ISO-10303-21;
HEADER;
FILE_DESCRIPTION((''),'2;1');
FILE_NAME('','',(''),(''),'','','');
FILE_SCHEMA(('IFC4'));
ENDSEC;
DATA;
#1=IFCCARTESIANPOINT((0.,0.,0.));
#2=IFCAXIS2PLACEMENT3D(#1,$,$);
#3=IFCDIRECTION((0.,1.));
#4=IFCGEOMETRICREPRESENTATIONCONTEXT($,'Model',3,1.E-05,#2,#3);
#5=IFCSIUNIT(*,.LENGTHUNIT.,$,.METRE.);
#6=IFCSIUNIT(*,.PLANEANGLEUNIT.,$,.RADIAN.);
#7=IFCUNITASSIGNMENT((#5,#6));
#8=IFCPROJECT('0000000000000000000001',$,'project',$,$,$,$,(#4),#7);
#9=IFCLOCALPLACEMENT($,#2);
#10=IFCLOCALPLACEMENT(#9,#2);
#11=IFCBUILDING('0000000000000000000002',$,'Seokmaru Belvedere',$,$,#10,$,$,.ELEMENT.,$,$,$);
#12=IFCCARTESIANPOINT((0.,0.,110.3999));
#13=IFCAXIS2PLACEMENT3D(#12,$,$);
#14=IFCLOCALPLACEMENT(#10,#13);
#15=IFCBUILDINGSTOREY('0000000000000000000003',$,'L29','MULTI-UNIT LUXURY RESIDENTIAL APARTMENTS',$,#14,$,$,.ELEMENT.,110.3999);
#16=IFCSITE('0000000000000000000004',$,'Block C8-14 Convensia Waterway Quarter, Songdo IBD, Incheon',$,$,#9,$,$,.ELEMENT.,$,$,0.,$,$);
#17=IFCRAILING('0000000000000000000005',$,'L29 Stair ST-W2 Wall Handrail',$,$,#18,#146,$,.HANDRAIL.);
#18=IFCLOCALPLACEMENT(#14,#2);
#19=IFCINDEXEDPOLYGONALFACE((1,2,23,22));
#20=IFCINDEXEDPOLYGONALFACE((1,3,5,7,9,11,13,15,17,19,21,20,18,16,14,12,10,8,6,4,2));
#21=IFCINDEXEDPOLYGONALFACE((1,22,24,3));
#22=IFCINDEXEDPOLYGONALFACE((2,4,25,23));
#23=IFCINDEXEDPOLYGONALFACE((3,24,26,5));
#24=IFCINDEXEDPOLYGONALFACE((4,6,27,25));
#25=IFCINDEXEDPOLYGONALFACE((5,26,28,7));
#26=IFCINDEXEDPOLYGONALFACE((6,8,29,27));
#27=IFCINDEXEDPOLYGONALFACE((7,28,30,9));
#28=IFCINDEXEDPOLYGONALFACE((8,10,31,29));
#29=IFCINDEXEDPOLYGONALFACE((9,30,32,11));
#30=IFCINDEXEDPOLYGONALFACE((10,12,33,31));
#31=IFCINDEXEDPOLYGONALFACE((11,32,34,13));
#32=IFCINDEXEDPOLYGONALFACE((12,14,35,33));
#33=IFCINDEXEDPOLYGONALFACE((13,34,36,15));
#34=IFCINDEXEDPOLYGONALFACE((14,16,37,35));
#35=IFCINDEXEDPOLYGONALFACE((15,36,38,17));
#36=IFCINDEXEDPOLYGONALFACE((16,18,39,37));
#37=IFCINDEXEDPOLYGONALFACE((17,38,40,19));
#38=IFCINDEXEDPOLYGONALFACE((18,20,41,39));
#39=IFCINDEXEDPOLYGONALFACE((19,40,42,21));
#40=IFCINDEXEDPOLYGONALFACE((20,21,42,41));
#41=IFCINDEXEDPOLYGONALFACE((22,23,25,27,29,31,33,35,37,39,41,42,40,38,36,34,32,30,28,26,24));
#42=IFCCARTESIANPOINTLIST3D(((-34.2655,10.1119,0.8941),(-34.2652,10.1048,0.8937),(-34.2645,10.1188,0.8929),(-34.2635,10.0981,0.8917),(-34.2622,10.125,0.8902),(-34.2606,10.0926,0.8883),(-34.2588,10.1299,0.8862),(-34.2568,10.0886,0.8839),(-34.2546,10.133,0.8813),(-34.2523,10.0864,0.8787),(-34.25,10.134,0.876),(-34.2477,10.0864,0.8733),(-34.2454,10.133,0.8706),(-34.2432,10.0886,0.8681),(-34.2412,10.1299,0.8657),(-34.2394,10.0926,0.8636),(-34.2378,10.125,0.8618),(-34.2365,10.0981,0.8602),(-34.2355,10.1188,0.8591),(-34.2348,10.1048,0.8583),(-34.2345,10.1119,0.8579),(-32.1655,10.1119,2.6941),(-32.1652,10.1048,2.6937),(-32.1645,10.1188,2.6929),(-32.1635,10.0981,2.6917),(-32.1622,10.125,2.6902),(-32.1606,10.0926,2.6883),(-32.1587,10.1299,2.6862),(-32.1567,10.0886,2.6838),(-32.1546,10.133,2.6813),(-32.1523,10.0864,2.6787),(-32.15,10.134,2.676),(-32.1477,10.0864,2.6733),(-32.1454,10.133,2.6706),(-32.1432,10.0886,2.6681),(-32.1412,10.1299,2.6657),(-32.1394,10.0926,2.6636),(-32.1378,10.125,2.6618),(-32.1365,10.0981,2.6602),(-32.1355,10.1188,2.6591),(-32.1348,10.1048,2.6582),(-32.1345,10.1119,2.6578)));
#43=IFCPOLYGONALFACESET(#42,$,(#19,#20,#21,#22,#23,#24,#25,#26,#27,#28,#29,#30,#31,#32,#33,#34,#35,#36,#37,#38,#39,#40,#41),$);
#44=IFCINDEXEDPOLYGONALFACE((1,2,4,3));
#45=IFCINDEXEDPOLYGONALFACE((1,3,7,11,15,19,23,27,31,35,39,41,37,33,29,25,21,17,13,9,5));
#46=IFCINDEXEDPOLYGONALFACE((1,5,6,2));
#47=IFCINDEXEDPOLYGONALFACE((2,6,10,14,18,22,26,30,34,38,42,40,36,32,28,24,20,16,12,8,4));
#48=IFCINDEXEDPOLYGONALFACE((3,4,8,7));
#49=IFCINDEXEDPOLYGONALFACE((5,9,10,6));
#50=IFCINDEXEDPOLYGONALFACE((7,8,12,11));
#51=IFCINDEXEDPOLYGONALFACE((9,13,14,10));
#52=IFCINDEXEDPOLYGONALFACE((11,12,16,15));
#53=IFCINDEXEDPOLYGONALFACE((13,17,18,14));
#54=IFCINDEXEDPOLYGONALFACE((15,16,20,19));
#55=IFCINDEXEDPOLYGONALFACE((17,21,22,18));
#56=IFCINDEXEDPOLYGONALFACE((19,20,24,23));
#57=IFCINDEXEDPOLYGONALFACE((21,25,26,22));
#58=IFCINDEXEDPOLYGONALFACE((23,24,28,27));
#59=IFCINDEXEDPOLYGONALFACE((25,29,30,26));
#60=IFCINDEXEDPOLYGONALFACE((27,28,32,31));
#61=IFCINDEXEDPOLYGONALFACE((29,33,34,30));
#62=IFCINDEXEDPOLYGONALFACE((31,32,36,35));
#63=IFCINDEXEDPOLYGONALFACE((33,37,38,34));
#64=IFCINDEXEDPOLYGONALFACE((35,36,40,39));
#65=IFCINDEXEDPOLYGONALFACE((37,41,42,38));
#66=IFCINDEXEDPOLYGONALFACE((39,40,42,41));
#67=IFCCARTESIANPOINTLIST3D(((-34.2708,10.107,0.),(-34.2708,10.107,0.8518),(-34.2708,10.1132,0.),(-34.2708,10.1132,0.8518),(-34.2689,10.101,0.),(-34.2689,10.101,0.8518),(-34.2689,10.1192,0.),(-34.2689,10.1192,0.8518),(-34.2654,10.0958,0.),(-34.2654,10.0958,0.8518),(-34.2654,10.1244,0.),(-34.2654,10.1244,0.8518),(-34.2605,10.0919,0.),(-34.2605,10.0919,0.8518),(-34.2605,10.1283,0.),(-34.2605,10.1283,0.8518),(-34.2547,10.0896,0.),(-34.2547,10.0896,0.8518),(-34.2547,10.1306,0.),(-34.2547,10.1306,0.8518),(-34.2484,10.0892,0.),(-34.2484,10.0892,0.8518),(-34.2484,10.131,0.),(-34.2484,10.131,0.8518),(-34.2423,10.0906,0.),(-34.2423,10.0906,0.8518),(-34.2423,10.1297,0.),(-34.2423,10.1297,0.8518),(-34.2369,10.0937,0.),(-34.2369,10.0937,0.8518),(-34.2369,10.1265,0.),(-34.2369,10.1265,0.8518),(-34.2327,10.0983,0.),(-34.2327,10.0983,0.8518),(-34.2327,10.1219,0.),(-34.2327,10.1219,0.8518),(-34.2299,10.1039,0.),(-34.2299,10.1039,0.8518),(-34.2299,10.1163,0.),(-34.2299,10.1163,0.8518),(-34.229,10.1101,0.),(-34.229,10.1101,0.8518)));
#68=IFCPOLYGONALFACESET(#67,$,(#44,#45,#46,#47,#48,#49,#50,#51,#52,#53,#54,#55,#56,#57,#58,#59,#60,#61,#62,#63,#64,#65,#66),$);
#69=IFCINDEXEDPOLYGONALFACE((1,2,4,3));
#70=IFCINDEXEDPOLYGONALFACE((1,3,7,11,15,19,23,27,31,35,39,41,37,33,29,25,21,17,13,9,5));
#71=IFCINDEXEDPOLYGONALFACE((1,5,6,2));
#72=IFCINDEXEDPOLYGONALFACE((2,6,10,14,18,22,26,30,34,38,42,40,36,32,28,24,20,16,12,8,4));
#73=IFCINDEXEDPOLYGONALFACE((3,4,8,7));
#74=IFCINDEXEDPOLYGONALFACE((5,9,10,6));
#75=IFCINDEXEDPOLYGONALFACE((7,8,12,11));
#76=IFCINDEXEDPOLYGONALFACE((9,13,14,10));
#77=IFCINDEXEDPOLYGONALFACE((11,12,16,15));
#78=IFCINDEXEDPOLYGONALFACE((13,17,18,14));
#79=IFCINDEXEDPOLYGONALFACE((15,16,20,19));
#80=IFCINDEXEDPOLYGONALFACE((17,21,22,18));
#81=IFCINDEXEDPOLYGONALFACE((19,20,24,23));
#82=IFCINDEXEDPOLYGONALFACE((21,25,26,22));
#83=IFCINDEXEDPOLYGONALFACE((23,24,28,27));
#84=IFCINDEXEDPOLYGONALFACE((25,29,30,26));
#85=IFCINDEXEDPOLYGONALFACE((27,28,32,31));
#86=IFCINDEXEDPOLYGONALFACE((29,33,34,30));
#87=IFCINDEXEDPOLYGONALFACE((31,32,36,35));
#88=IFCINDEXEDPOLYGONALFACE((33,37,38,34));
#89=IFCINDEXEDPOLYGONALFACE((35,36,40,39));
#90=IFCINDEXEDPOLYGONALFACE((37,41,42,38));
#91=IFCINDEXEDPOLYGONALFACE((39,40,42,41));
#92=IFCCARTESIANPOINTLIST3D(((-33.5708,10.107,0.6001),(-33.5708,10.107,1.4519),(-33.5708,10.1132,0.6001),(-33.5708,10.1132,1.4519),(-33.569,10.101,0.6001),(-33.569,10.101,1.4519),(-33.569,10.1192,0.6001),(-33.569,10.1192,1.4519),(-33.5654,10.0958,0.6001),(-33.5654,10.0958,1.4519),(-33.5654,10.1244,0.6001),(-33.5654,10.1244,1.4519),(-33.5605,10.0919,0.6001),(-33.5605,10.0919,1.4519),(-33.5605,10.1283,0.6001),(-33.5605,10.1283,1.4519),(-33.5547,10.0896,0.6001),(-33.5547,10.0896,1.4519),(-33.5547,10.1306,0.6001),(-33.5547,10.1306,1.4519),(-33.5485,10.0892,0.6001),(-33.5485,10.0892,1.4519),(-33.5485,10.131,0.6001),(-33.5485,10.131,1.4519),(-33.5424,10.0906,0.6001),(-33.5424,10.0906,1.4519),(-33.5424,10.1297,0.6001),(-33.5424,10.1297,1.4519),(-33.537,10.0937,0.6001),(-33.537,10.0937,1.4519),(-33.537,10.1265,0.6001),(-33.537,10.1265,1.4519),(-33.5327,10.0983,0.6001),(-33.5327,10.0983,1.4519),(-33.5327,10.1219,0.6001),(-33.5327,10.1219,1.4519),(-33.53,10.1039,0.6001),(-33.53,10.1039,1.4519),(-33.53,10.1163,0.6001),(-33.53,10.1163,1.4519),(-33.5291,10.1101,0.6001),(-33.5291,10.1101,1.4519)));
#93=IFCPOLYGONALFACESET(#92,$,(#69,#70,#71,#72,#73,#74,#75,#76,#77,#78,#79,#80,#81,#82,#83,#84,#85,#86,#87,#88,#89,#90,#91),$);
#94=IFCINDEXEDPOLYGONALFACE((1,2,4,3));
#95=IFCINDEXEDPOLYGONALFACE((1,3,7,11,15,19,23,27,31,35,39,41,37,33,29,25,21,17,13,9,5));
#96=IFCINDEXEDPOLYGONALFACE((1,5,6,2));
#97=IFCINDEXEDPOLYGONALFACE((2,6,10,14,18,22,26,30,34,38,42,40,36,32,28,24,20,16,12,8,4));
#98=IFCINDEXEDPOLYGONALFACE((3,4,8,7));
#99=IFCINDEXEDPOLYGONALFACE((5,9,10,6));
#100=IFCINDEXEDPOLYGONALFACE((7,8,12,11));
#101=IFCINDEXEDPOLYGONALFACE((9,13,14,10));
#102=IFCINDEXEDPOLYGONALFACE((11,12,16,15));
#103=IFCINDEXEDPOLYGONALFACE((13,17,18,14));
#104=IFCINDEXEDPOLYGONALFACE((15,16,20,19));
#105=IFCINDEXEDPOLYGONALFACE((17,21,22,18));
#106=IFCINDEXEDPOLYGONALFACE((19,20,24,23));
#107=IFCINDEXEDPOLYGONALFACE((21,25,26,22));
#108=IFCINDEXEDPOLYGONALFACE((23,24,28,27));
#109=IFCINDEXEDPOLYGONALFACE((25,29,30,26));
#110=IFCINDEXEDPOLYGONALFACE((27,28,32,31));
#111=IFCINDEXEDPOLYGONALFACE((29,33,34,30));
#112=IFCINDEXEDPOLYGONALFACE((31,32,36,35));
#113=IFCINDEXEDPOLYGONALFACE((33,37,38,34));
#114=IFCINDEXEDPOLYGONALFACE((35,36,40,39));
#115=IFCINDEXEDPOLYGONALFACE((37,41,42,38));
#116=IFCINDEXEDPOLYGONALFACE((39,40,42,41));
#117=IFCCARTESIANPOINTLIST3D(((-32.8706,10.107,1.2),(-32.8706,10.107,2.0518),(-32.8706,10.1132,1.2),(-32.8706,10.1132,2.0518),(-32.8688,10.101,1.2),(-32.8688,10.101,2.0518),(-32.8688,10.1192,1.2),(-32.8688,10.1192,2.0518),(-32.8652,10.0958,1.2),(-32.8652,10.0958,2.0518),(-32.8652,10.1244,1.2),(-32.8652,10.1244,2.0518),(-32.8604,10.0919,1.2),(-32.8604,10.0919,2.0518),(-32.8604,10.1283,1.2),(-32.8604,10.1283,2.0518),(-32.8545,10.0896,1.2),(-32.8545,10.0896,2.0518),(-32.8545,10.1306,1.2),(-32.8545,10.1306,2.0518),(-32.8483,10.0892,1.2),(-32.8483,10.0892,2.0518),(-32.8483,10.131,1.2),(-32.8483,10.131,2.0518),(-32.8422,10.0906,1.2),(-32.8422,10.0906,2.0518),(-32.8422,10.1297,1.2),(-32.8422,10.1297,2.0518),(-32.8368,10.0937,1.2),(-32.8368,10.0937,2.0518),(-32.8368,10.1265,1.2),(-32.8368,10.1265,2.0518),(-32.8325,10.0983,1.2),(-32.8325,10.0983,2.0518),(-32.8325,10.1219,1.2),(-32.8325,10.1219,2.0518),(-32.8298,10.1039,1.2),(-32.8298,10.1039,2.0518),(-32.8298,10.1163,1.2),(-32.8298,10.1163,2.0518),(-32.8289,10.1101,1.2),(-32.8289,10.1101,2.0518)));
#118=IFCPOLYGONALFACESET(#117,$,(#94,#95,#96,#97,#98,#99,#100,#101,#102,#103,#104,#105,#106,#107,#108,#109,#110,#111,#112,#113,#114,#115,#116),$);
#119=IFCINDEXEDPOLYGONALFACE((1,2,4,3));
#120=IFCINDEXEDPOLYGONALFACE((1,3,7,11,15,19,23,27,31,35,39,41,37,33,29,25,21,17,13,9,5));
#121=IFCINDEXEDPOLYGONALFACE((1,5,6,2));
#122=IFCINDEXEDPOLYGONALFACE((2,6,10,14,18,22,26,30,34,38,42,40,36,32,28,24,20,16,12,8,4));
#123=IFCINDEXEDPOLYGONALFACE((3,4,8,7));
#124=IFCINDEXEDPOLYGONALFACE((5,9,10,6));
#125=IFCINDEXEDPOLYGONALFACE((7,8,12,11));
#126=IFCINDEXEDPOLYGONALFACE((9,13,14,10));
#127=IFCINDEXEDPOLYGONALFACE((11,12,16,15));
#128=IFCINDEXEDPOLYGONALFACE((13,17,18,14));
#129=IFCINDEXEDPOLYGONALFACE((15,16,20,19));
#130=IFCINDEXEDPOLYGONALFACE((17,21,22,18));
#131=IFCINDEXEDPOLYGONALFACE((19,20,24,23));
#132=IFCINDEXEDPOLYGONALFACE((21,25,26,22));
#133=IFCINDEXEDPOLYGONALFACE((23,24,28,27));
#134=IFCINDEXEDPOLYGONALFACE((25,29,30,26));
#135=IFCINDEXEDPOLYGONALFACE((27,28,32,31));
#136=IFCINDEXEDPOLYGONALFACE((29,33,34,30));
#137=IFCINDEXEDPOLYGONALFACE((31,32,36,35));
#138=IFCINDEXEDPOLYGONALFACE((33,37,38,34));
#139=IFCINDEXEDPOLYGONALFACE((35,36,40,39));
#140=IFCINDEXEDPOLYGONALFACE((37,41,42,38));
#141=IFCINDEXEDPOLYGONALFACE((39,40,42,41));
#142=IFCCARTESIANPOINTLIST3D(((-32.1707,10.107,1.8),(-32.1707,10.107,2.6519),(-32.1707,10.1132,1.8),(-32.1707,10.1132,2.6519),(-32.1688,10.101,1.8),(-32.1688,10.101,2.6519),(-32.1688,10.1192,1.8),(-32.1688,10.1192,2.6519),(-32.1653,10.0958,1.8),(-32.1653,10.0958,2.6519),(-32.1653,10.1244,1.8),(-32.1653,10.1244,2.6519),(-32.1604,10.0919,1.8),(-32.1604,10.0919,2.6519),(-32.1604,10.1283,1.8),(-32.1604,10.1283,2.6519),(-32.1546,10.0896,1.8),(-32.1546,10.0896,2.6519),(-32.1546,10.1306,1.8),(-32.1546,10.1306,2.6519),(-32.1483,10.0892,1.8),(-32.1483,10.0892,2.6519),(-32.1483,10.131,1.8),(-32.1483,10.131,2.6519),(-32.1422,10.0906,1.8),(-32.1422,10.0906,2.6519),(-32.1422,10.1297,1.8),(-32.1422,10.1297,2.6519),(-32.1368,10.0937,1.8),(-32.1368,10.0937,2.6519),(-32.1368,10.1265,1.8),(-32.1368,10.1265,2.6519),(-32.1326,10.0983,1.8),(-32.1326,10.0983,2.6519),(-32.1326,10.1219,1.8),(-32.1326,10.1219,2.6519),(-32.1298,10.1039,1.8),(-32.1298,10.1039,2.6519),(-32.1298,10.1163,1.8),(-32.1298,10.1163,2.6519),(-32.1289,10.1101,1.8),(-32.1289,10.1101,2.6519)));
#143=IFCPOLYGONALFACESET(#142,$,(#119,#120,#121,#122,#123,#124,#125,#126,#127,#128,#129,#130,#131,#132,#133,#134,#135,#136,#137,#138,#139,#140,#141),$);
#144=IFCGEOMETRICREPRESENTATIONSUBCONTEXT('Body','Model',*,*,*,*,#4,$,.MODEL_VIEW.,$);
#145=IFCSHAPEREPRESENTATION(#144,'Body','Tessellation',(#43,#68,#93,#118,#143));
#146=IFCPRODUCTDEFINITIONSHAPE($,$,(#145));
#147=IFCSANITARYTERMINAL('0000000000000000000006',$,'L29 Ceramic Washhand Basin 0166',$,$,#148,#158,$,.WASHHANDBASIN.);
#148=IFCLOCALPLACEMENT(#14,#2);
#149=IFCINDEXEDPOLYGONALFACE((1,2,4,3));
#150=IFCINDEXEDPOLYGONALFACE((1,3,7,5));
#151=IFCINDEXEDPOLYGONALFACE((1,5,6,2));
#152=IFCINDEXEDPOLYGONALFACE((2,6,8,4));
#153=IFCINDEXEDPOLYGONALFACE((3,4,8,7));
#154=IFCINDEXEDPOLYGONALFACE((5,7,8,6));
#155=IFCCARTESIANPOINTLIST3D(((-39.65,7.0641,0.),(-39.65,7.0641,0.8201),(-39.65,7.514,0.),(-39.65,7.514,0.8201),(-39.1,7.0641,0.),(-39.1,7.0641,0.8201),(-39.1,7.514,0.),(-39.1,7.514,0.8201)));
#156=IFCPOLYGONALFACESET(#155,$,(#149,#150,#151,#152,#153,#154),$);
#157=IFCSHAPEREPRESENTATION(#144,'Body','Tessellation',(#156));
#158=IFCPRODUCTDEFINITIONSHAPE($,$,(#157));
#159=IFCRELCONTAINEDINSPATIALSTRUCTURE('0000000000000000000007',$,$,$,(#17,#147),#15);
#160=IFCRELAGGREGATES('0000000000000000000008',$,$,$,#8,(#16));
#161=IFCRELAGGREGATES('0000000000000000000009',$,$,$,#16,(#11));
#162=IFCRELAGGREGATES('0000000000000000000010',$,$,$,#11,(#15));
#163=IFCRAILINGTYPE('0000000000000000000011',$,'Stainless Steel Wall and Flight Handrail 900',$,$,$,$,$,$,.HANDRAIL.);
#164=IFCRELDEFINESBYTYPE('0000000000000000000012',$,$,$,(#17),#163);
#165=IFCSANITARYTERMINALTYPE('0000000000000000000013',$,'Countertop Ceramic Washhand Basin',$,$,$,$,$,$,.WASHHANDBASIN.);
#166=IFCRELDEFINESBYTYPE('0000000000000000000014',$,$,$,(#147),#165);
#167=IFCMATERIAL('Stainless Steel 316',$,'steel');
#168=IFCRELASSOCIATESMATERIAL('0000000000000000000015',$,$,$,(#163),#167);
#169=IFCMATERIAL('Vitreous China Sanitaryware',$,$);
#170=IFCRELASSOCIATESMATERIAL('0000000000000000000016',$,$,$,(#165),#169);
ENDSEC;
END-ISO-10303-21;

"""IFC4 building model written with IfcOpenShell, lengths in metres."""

from ifc_helpers import new_model, si_unit, direction, frame, origin, origin_2d, place, context, subcontext, project, spatial, rectangle, circle, extrude, source, transform, mapped, material, type_object, type_shapes, element, save


model = new_model("IFC4")

# Units and contexts
model_context = context("Model", 3, precision=1e-05, world=origin(), true_north=direction((0.0, 1.0)))
body_context = subcontext(model_context, "Body", "Model", "MODEL_VIEW")
ifc_project = project(units=[si_unit("LENGTHUNIT", "METRE"), si_unit("PLANEANGLEUNIT", "RADIAN")], contexts=[model_context])

# Site, building, storey
site_placement = place(None, origin())
site = spatial("IfcSite", under=ifc_project, at=site_placement, Name="Block C8-14 Convensia Waterway Quarter, Songdo IBD, Incheon", CompositionType="ELEMENT", RefElevation=0.0)
building_placement = place(site_placement, origin())
building = spatial("IfcBuilding", under=site, at=building_placement, Name="Seokmaru Belvedere", CompositionType="ELEMENT")
storey_placement = place(building_placement, frame((0.0, 0.0, 110.3999)))
storey = spatial("IfcBuildingStorey", under=building, at=storey_placement, Name="L29", Description="MULTI-UNIT LUXURY RESIDENTIAL APARTMENTS", CompositionType="ELEMENT", Elevation=110.3999)

# Railing
ifc_material_1 = material(Name="Stainless Steel 316", Category="steel")
railing_type_1 = type_object("IfcRailingType", Name="Stainless Steel Wall and Flight Handrail 900", PredefinedType="HANDRAIL", material=ifc_material_1)
railing_1_placement = place(storey_placement, frame((-34.25, 10.1101, 0.0)))
element("IfcRailing", 1, at=railing_1_placement, inside=storey, type_object=railing_type_1, Name="L29 Stair ST-W2 Wall Handrail", PredefinedType="HANDRAIL", context=body_context, shape_type="SweptSolid", body=[
    extrude(circle(Radius=0.0239, at=origin_2d()), frame((0.0, 0.0, 0.876), z_axis=(0.759263, 0.0, 0.650784), x_axis=(0.0, 1.0, 0.0)), (0.0, 0.0, 1.0), 2.7659),
    extrude(circle(Radius=0.021, at=origin_2d()), origin(), (0.0, 0.0, 1.0), 0.8518),
    extrude(circle(Radius=0.021, at=origin_2d()), frame((0.7, 0.0, 0.6001)), (0.0, 0.0, 1.0), 0.8518),
    extrude(circle(Radius=0.021, at=origin_2d()), frame((1.4001, 0.0, 1.2)), (0.0, 0.0, 1.0), 0.8518),
    extrude(circle(Radius=0.021, at=origin_2d()), frame((2.1001, 0.0, 1.8)), (0.0, 0.0, 1.0), 0.8518),
])

# Sanitary terminal
ifc_material_2 = material(Name="Vitreous China Sanitaryware")
sanitary_terminal_type = type_object("IfcSanitaryTerminalType", Name="Countertop Ceramic Washhand Basin", PredefinedType="WASHHANDBASIN", material=ifc_material_2)
shared_shape_1 = source(origin(), body_context, "Body", "SweptSolid", [
    extrude(rectangle(XDim=0.55, YDim=0.45, at=origin_2d()), origin(), (0.0, 0.0, 1.0), 0.8201),
])
type_shapes(sanitary_terminal_type, [shared_shape_1])
sanitary_terminal_placement = place(storey_placement, frame((-39.375, 7.2891, 0.0), z_axis=(0.0, 0.0, 1.0), x_axis=(1.0, 0.0, 0.0)))
element("IfcSanitaryTerminal", 2, at=sanitary_terminal_placement, inside=storey, type_object=sanitary_terminal_type, Name="L29 Ceramic Washhand Basin 0166", PredefinedType="WASHHANDBASIN", context=body_context, shape_type="MappedRepresentation", body=[
    mapped(shared_shape_1, transform((0.0, 0.0, 0.0), scale=1.0)),
])

save(model, "model.ifc")
